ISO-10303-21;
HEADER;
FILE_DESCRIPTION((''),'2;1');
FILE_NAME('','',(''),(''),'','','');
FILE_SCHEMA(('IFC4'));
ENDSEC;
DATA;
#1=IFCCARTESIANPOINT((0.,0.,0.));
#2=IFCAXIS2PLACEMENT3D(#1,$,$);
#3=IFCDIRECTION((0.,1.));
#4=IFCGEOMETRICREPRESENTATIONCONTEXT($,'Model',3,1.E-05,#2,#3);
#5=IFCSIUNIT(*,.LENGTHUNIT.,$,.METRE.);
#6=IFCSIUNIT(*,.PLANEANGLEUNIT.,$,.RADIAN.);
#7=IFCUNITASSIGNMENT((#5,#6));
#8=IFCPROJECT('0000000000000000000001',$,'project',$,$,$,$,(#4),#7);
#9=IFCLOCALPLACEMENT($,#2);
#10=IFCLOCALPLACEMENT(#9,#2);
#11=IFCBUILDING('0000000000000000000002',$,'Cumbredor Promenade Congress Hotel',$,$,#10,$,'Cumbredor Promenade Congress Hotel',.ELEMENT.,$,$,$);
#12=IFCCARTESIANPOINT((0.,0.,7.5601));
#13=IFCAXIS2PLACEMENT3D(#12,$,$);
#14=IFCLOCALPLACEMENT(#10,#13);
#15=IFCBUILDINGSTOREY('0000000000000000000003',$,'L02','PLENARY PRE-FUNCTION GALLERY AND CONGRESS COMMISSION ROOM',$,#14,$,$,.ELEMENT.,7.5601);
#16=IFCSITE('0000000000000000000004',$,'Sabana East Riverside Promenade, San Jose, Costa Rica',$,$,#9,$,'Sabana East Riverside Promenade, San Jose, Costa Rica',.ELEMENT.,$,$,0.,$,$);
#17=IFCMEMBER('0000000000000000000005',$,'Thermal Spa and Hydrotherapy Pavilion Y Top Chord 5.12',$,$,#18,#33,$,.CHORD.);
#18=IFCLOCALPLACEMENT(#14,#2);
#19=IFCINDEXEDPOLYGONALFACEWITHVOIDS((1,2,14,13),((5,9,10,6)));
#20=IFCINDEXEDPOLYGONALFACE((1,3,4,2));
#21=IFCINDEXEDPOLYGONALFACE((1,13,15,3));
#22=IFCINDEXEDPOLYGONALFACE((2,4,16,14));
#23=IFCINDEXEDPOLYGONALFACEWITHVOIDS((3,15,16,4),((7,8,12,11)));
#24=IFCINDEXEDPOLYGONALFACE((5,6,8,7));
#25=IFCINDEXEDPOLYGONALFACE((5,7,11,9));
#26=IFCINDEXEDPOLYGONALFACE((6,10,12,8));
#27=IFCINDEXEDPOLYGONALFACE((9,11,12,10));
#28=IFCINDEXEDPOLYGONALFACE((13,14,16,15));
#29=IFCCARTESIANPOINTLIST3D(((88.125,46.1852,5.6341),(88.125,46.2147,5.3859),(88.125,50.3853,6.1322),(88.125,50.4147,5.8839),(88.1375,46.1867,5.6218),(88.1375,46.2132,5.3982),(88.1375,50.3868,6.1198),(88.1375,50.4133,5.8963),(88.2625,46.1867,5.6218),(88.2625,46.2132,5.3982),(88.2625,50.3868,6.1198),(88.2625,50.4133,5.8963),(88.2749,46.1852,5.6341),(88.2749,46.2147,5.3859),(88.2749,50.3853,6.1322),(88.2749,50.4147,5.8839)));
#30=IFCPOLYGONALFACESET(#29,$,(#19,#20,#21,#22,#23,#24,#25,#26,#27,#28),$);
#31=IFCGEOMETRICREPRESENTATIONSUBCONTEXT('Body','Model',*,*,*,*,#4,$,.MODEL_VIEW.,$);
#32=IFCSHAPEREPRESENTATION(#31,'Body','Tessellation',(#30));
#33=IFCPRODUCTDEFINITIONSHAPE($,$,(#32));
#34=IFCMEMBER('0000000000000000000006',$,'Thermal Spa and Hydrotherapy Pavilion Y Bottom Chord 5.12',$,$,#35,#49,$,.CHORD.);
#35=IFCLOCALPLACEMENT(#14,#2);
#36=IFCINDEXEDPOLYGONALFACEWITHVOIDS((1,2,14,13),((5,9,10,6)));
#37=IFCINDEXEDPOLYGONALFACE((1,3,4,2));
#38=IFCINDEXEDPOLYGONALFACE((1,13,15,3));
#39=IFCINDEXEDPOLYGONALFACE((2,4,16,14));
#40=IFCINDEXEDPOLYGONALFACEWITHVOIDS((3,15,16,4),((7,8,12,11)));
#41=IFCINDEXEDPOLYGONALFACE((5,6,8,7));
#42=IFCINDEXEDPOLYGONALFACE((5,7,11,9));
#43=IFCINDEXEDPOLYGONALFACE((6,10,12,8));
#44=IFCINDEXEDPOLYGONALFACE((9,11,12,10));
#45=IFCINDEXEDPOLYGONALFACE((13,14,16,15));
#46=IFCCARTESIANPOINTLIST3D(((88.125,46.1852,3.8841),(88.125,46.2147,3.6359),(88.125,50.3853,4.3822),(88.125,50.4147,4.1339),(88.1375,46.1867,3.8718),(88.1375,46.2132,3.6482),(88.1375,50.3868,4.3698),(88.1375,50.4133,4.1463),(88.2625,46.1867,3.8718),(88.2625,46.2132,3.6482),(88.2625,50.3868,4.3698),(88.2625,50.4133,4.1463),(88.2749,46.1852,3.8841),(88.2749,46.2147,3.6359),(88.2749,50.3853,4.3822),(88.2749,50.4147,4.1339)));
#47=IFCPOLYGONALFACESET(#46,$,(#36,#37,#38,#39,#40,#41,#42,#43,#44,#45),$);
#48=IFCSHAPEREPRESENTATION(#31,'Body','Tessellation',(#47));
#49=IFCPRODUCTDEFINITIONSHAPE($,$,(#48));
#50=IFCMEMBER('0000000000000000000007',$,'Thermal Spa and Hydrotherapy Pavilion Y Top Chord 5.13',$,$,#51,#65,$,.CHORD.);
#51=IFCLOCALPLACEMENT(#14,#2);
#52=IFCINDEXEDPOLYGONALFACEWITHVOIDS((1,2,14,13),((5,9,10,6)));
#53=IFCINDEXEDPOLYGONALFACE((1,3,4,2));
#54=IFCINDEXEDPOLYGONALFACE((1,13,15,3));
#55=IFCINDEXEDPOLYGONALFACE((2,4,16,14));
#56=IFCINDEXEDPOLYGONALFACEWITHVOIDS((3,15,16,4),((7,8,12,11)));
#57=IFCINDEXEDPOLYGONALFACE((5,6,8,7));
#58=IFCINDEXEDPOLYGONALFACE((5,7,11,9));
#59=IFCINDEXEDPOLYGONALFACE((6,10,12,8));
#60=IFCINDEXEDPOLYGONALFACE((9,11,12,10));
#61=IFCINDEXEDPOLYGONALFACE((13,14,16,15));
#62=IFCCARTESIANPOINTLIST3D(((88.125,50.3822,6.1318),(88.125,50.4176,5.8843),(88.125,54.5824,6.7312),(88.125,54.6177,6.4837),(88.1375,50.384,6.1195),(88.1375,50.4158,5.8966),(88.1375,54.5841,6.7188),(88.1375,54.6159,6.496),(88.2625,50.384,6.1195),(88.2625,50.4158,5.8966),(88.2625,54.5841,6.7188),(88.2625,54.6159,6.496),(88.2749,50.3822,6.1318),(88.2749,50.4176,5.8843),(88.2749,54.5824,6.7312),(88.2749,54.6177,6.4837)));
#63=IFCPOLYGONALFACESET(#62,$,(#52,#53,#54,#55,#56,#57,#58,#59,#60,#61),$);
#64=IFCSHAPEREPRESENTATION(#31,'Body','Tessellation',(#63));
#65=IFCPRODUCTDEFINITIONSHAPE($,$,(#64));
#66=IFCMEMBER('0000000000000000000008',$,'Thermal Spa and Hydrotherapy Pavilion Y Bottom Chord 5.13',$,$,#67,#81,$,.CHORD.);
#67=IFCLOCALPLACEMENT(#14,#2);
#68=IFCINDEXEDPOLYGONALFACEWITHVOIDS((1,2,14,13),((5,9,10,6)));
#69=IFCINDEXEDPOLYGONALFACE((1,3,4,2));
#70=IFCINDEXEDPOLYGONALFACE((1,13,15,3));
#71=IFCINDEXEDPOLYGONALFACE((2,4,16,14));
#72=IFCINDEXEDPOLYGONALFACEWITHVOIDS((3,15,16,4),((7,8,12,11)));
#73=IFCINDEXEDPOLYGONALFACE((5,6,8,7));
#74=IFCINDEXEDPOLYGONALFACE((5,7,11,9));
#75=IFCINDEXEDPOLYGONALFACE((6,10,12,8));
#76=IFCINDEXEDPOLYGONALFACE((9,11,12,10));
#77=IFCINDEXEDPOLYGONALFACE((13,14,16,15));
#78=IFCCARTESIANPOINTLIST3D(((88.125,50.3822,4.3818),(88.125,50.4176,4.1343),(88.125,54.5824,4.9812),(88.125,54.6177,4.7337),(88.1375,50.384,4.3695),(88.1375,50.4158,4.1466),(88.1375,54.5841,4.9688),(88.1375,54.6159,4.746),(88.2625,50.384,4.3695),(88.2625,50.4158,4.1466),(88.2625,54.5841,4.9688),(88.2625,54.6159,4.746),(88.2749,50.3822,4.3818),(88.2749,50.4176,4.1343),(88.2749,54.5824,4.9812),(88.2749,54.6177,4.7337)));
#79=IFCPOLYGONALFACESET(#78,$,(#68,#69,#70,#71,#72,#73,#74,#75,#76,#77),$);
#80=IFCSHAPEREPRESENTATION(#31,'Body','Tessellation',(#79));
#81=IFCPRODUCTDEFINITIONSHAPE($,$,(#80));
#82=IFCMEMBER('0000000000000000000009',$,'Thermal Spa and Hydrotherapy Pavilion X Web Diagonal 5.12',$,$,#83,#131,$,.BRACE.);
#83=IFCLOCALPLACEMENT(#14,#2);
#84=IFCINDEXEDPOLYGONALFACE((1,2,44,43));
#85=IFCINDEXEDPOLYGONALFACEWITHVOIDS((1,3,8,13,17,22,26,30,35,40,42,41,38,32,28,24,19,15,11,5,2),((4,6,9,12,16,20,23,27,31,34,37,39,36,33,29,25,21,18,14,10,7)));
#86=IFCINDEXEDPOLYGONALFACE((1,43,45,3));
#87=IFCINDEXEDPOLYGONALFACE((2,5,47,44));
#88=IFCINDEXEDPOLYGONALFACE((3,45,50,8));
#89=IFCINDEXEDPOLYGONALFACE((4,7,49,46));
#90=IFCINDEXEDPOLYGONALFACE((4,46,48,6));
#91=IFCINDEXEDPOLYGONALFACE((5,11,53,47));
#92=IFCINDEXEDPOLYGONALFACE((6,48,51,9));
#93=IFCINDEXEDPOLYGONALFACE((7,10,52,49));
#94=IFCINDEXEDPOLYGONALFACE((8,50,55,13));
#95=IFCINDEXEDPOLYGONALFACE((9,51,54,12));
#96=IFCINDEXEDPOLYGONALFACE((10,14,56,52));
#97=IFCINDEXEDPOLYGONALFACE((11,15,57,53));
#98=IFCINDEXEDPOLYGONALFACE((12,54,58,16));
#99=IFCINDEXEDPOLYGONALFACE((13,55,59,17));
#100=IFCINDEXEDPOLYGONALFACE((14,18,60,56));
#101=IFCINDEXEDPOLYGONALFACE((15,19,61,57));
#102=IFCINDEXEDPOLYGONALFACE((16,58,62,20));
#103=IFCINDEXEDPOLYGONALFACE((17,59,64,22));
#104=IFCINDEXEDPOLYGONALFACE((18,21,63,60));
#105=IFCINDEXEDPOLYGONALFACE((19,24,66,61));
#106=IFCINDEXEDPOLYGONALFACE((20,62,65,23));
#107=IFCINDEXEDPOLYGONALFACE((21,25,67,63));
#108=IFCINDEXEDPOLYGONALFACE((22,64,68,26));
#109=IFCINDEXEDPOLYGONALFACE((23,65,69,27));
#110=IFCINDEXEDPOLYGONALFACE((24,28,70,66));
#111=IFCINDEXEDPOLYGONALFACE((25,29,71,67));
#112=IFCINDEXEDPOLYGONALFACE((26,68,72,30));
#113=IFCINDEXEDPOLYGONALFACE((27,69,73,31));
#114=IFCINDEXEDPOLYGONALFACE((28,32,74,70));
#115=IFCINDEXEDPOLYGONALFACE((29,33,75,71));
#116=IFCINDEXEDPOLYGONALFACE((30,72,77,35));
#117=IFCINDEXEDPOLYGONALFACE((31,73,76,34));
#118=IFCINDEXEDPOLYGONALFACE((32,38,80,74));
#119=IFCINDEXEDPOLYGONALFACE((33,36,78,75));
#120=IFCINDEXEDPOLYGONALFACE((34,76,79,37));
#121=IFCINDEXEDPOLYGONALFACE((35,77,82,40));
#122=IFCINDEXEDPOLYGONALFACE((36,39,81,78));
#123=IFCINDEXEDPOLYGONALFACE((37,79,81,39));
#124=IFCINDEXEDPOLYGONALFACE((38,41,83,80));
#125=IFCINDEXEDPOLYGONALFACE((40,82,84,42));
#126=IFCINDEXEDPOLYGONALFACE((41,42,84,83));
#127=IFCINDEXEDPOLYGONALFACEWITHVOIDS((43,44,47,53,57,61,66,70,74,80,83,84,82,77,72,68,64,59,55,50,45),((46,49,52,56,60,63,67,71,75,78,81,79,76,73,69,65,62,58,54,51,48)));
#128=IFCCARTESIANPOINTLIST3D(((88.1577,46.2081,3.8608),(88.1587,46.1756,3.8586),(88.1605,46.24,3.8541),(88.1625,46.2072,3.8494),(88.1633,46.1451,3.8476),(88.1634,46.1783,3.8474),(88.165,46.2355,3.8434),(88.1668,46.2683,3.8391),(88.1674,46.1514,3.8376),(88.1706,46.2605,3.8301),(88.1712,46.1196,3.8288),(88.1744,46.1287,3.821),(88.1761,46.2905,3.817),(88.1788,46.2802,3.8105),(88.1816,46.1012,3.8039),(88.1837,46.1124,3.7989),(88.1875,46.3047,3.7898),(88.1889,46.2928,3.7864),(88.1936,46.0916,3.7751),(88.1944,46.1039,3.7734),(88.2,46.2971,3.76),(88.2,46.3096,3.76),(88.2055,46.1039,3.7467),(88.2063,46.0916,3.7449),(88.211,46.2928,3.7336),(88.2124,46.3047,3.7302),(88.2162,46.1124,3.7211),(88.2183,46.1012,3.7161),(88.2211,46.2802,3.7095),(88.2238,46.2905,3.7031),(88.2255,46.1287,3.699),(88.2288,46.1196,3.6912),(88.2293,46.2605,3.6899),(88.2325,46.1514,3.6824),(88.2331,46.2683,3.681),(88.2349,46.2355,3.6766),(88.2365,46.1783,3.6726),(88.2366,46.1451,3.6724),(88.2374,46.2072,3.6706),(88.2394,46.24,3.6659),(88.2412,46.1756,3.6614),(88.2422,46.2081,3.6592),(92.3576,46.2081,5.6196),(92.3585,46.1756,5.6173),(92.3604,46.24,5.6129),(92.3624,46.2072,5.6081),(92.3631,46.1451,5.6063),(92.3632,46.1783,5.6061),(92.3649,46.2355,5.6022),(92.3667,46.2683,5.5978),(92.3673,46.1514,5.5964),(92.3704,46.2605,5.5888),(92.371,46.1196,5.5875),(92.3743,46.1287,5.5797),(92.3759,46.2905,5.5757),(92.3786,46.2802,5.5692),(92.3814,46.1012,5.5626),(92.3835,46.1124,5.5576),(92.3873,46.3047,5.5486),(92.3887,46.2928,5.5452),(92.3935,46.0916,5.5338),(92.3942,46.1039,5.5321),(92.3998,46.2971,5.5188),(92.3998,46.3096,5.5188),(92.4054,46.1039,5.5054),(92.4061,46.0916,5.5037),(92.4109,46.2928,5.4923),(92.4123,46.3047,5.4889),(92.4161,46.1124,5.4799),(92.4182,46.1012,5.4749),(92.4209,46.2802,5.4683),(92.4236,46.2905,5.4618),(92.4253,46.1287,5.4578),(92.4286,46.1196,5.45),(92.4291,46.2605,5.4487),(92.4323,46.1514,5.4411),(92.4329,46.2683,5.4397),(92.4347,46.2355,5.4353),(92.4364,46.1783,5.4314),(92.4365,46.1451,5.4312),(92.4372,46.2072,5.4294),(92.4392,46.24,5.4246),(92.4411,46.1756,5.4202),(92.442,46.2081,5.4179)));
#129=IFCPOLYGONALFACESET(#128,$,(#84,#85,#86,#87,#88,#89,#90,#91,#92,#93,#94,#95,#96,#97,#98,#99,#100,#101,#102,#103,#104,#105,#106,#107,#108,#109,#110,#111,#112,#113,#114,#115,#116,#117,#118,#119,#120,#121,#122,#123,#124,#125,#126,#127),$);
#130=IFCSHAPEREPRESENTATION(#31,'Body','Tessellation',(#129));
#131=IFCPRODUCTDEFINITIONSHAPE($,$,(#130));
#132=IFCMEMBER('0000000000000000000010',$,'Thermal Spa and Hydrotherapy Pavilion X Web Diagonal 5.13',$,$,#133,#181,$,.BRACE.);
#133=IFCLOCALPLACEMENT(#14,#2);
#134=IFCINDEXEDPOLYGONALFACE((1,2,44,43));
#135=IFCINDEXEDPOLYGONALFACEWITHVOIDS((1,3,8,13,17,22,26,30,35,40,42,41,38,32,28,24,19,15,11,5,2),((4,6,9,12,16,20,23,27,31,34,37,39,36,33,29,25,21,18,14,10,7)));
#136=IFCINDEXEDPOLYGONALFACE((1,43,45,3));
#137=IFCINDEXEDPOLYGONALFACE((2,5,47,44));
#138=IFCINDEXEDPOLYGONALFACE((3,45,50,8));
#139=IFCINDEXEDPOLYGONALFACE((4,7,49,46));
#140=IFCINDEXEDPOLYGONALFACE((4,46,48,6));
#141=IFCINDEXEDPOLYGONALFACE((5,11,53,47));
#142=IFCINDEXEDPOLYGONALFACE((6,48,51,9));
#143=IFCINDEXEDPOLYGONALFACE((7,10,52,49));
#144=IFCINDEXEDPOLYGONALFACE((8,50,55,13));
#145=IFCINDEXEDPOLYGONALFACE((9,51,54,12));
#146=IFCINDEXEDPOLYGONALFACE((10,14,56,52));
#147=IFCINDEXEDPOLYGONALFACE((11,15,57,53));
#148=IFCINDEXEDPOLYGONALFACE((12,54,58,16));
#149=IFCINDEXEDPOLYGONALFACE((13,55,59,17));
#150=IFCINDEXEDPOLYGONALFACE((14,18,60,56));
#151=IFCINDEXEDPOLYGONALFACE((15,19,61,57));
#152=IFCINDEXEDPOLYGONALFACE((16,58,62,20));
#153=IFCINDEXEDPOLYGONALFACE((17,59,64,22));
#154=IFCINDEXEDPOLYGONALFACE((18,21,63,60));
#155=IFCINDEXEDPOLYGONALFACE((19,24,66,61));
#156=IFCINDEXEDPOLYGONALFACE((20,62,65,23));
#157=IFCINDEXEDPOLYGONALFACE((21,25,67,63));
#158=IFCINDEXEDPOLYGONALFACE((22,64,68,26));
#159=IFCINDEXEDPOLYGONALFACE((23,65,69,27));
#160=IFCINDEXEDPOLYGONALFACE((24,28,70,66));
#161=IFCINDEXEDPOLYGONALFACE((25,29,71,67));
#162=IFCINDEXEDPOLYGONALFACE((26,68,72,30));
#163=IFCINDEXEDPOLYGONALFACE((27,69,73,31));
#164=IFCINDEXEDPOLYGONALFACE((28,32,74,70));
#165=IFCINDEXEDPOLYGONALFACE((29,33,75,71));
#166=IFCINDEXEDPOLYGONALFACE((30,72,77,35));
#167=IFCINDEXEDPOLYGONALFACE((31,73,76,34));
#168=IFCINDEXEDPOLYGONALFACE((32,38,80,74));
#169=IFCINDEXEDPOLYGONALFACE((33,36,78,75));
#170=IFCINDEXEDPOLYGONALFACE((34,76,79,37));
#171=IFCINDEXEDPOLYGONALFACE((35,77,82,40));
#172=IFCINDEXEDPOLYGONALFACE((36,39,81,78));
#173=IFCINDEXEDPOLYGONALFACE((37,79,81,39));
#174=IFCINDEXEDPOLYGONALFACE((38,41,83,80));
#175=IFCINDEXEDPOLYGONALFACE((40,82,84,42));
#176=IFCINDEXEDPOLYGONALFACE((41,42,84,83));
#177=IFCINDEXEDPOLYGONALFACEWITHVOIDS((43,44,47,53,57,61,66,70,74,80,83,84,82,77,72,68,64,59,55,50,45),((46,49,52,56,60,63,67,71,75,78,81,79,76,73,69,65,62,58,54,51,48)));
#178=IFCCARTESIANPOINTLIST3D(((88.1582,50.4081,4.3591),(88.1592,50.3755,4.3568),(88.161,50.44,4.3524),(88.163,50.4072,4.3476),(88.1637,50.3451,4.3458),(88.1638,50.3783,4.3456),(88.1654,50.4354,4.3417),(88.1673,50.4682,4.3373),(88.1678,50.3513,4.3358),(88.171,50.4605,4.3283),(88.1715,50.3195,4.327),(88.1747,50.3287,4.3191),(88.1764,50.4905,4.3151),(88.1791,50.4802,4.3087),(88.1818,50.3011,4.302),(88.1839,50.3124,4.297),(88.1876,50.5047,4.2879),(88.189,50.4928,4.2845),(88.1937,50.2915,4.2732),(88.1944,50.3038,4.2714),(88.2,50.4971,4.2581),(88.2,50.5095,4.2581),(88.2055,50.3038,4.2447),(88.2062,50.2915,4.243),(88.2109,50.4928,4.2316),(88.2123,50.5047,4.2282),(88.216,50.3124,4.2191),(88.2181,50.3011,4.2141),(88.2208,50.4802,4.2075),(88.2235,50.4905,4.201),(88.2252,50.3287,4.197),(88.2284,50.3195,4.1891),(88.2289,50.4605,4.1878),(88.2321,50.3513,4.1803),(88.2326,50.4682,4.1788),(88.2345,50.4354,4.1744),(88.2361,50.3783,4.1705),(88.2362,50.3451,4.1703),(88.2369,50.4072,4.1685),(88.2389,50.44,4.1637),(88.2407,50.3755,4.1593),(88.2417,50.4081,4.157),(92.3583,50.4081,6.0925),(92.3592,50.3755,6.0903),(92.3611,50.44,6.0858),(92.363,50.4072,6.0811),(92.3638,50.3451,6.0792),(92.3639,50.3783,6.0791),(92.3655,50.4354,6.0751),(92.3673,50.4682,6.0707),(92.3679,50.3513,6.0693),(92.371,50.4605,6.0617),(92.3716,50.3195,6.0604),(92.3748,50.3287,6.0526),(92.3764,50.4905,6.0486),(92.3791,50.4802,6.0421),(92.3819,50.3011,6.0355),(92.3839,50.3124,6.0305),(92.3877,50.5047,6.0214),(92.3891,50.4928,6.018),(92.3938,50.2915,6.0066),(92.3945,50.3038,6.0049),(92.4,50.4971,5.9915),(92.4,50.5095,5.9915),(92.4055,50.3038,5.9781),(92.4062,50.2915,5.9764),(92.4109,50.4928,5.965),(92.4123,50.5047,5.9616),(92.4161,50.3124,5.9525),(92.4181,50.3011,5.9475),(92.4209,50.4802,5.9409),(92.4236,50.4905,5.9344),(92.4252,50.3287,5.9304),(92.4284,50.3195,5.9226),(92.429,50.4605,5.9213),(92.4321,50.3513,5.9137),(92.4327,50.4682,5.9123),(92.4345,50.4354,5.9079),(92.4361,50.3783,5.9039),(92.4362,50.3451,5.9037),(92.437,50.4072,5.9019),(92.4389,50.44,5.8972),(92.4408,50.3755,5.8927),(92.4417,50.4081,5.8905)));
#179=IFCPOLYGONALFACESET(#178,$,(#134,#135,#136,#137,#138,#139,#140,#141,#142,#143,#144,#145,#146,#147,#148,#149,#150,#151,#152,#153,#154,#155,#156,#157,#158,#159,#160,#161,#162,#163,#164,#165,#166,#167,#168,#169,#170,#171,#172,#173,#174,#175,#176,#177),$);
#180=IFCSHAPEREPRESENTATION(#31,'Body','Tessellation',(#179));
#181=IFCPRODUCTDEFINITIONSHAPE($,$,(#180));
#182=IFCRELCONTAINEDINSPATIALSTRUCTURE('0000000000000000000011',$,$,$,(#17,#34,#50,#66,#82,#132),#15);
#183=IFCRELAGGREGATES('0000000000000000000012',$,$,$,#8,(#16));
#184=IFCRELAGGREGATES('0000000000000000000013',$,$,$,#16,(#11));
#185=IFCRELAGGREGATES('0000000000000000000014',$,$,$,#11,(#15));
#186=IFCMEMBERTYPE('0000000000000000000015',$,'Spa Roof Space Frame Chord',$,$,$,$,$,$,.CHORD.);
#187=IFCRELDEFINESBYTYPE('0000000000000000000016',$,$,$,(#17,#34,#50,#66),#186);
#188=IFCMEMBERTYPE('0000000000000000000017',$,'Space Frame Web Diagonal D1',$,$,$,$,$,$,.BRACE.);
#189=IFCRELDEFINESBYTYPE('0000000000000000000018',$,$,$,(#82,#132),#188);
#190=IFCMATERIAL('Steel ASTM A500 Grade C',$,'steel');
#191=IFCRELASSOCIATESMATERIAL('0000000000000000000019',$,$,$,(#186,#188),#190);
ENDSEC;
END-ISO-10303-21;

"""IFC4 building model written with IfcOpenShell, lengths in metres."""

from ifc_helpers import new_model, si_unit, direction, frame, origin, origin_2d, place, context, subcontext, project, spatial, hollow_rectangle, hollow_circle, extrude, material, material_profile, profile_set, type_object, element, save


model = new_model("IFC4")

# Units and contexts
model_context = context("Model", 3, precision=1e-05, world=origin(), true_north=direction((0.0, 1.0)))
body_context = subcontext(model_context, "Body", "Model", "MODEL_VIEW")
ifc_project = project(units=[si_unit("LENGTHUNIT", "METRE"), si_unit("PLANEANGLEUNIT", "RADIAN")], contexts=[model_context])

# Site, building, storey
site_placement = place(None, origin())
site = spatial("IfcSite", under=ifc_project, at=site_placement, Name="Sabana East Riverside Promenade, San Jose, Costa Rica", LongName="Sabana East Riverside Promenade, San Jose, Costa Rica", CompositionType="ELEMENT", RefElevation=0.0)
building_placement = place(site_placement, origin())
building = spatial("IfcBuilding", under=site, at=building_placement, Name="Cumbredor Promenade Congress Hotel", LongName="Cumbredor Promenade Congress Hotel", CompositionType="ELEMENT")
storey_placement = place(building_placement, frame((0.0, 0.0, 7.5601)))
storey = spatial("IfcBuildingStorey", under=building, at=storey_placement, Name="L02", Description="PLENARY PRE-FUNCTION GALLERY AND CONGRESS COMMISSION ROOM", CompositionType="ELEMENT", Elevation=7.5601)

# Members
ifc_material_1 = material(Name="Steel ASTM A500 Grade C", Category="steel")
ifc_material_profile_1 = material_profile(ifc_material_1, hollow_rectangle(XDim=0.1499, YDim=0.25, WallThickness=0.0125, at=origin_2d()), Name="HSS 250x150x12.5")
ifc_profile_set_1 = profile_set([ifc_material_profile_1], Name="Steel ASTM A500 Grade C")
member_type_1 = type_object("IfcMemberType", Name="Spa Roof Space Frame Chord", PredefinedType="CHORD", material=ifc_profile_set_1)
for number, where, z_axis, x_axis, name in (
    (1, (88.2, 46.2, 5.51), (0.0, 0.993042, 0.117759), (-1.0, 0.0, 0.0), "Thermal Spa and Hydrotherapy Pavilion Y Top Chord 5.12"),
    (2, (88.2, 46.2, 3.76), (0.0, 0.993042, 0.117759), (-1.0, 0.0, 0.0), "Thermal Spa and Hydrotherapy Pavilion Y Bottom Chord 5.12"),
):
    element("IfcMember", number, at=place(storey_placement, frame(where, z_axis=z_axis, x_axis=x_axis)), inside=storey, type_object=member_type_1, Name=name, PredefinedType="CHORD", context=body_context, shape_type="SweptSolid", body=[
        extrude(hollow_rectangle(XDim=0.1499, YDim=0.25, WallThickness=0.0125, at=origin_2d()), origin(), (0.0, 0.0, 1.0), 4.2295),
    ])
for number, where, z_axis, x_axis, name in (
    (3, (88.2, 50.3999, 6.0081), (0.0, 0.989971, 0.141268), (-1.0, 0.0, 0.0), "Thermal Spa and Hydrotherapy Pavilion Y Top Chord 5.13"),
    (4, (88.2, 50.3999, 4.2581), (0.0, 0.989971, 0.141268), (-1.0, 0.0, 0.0), "Thermal Spa and Hydrotherapy Pavilion Y Bottom Chord 5.13"),
):
    element("IfcMember", number, at=place(storey_placement, frame(where, z_axis=z_axis, x_axis=x_axis)), inside=storey, type_object=member_type_1, Name=name, PredefinedType="CHORD", context=body_context, shape_type="SweptSolid", body=[
        extrude(hollow_rectangle(XDim=0.1499, YDim=0.25, WallThickness=0.0125, at=origin_2d()), origin(), (0.0, 0.0, 1.0), 4.2427),
    ])
ifc_material_profile_2 = material_profile(ifc_material_1, hollow_circle(Radius=0.1096, WallThickness=0.0125, at=origin_2d()), Name="CHS 219.1x12.5")
ifc_profile_set_2 = profile_set([ifc_material_profile_2], Name="Steel ASTM A500 Grade C")
member_type_2 = type_object("IfcMemberType", Name="Space Frame Web Diagonal D1", PredefinedType="BRACE", material=ifc_profile_set_2)
member_1_placement = place(storey_placement, frame((88.2, 46.2, 3.76), z_axis=(0.922389, 0.0, 0.386263), x_axis=(0.0, 1.0, 0.0)))
element("IfcMember", 5, at=member_1_placement, inside=storey, type_object=member_type_2, Name="Thermal Spa and Hydrotherapy Pavilion X Web Diagonal 5.12", PredefinedType="BRACE", context=body_context, shape_type="SweptSolid", body=[
    extrude(hollow_circle(Radius=0.1096, WallThickness=0.0125, at=origin_2d()), origin(), (0.0, 0.0, 1.0), 4.5532),
])
member_2_placement = place(storey_placement, frame((88.2, 50.3999, 4.2581), z_axis=(0.924367, 0.0, 0.381504), x_axis=(0.0, 1.0, 0.0)))
element("IfcMember", 6, at=member_2_placement, inside=storey, type_object=member_type_2, Name="Thermal Spa and Hydrotherapy Pavilion X Web Diagonal 5.13", PredefinedType="BRACE", context=body_context, shape_type="SweptSolid", body=[
    extrude(hollow_circle(Radius=0.1096, WallThickness=0.0125, at=origin_2d()), origin(), (0.0, 0.0, 1.0), 4.5437),
])

save(model, "model.ifc")
